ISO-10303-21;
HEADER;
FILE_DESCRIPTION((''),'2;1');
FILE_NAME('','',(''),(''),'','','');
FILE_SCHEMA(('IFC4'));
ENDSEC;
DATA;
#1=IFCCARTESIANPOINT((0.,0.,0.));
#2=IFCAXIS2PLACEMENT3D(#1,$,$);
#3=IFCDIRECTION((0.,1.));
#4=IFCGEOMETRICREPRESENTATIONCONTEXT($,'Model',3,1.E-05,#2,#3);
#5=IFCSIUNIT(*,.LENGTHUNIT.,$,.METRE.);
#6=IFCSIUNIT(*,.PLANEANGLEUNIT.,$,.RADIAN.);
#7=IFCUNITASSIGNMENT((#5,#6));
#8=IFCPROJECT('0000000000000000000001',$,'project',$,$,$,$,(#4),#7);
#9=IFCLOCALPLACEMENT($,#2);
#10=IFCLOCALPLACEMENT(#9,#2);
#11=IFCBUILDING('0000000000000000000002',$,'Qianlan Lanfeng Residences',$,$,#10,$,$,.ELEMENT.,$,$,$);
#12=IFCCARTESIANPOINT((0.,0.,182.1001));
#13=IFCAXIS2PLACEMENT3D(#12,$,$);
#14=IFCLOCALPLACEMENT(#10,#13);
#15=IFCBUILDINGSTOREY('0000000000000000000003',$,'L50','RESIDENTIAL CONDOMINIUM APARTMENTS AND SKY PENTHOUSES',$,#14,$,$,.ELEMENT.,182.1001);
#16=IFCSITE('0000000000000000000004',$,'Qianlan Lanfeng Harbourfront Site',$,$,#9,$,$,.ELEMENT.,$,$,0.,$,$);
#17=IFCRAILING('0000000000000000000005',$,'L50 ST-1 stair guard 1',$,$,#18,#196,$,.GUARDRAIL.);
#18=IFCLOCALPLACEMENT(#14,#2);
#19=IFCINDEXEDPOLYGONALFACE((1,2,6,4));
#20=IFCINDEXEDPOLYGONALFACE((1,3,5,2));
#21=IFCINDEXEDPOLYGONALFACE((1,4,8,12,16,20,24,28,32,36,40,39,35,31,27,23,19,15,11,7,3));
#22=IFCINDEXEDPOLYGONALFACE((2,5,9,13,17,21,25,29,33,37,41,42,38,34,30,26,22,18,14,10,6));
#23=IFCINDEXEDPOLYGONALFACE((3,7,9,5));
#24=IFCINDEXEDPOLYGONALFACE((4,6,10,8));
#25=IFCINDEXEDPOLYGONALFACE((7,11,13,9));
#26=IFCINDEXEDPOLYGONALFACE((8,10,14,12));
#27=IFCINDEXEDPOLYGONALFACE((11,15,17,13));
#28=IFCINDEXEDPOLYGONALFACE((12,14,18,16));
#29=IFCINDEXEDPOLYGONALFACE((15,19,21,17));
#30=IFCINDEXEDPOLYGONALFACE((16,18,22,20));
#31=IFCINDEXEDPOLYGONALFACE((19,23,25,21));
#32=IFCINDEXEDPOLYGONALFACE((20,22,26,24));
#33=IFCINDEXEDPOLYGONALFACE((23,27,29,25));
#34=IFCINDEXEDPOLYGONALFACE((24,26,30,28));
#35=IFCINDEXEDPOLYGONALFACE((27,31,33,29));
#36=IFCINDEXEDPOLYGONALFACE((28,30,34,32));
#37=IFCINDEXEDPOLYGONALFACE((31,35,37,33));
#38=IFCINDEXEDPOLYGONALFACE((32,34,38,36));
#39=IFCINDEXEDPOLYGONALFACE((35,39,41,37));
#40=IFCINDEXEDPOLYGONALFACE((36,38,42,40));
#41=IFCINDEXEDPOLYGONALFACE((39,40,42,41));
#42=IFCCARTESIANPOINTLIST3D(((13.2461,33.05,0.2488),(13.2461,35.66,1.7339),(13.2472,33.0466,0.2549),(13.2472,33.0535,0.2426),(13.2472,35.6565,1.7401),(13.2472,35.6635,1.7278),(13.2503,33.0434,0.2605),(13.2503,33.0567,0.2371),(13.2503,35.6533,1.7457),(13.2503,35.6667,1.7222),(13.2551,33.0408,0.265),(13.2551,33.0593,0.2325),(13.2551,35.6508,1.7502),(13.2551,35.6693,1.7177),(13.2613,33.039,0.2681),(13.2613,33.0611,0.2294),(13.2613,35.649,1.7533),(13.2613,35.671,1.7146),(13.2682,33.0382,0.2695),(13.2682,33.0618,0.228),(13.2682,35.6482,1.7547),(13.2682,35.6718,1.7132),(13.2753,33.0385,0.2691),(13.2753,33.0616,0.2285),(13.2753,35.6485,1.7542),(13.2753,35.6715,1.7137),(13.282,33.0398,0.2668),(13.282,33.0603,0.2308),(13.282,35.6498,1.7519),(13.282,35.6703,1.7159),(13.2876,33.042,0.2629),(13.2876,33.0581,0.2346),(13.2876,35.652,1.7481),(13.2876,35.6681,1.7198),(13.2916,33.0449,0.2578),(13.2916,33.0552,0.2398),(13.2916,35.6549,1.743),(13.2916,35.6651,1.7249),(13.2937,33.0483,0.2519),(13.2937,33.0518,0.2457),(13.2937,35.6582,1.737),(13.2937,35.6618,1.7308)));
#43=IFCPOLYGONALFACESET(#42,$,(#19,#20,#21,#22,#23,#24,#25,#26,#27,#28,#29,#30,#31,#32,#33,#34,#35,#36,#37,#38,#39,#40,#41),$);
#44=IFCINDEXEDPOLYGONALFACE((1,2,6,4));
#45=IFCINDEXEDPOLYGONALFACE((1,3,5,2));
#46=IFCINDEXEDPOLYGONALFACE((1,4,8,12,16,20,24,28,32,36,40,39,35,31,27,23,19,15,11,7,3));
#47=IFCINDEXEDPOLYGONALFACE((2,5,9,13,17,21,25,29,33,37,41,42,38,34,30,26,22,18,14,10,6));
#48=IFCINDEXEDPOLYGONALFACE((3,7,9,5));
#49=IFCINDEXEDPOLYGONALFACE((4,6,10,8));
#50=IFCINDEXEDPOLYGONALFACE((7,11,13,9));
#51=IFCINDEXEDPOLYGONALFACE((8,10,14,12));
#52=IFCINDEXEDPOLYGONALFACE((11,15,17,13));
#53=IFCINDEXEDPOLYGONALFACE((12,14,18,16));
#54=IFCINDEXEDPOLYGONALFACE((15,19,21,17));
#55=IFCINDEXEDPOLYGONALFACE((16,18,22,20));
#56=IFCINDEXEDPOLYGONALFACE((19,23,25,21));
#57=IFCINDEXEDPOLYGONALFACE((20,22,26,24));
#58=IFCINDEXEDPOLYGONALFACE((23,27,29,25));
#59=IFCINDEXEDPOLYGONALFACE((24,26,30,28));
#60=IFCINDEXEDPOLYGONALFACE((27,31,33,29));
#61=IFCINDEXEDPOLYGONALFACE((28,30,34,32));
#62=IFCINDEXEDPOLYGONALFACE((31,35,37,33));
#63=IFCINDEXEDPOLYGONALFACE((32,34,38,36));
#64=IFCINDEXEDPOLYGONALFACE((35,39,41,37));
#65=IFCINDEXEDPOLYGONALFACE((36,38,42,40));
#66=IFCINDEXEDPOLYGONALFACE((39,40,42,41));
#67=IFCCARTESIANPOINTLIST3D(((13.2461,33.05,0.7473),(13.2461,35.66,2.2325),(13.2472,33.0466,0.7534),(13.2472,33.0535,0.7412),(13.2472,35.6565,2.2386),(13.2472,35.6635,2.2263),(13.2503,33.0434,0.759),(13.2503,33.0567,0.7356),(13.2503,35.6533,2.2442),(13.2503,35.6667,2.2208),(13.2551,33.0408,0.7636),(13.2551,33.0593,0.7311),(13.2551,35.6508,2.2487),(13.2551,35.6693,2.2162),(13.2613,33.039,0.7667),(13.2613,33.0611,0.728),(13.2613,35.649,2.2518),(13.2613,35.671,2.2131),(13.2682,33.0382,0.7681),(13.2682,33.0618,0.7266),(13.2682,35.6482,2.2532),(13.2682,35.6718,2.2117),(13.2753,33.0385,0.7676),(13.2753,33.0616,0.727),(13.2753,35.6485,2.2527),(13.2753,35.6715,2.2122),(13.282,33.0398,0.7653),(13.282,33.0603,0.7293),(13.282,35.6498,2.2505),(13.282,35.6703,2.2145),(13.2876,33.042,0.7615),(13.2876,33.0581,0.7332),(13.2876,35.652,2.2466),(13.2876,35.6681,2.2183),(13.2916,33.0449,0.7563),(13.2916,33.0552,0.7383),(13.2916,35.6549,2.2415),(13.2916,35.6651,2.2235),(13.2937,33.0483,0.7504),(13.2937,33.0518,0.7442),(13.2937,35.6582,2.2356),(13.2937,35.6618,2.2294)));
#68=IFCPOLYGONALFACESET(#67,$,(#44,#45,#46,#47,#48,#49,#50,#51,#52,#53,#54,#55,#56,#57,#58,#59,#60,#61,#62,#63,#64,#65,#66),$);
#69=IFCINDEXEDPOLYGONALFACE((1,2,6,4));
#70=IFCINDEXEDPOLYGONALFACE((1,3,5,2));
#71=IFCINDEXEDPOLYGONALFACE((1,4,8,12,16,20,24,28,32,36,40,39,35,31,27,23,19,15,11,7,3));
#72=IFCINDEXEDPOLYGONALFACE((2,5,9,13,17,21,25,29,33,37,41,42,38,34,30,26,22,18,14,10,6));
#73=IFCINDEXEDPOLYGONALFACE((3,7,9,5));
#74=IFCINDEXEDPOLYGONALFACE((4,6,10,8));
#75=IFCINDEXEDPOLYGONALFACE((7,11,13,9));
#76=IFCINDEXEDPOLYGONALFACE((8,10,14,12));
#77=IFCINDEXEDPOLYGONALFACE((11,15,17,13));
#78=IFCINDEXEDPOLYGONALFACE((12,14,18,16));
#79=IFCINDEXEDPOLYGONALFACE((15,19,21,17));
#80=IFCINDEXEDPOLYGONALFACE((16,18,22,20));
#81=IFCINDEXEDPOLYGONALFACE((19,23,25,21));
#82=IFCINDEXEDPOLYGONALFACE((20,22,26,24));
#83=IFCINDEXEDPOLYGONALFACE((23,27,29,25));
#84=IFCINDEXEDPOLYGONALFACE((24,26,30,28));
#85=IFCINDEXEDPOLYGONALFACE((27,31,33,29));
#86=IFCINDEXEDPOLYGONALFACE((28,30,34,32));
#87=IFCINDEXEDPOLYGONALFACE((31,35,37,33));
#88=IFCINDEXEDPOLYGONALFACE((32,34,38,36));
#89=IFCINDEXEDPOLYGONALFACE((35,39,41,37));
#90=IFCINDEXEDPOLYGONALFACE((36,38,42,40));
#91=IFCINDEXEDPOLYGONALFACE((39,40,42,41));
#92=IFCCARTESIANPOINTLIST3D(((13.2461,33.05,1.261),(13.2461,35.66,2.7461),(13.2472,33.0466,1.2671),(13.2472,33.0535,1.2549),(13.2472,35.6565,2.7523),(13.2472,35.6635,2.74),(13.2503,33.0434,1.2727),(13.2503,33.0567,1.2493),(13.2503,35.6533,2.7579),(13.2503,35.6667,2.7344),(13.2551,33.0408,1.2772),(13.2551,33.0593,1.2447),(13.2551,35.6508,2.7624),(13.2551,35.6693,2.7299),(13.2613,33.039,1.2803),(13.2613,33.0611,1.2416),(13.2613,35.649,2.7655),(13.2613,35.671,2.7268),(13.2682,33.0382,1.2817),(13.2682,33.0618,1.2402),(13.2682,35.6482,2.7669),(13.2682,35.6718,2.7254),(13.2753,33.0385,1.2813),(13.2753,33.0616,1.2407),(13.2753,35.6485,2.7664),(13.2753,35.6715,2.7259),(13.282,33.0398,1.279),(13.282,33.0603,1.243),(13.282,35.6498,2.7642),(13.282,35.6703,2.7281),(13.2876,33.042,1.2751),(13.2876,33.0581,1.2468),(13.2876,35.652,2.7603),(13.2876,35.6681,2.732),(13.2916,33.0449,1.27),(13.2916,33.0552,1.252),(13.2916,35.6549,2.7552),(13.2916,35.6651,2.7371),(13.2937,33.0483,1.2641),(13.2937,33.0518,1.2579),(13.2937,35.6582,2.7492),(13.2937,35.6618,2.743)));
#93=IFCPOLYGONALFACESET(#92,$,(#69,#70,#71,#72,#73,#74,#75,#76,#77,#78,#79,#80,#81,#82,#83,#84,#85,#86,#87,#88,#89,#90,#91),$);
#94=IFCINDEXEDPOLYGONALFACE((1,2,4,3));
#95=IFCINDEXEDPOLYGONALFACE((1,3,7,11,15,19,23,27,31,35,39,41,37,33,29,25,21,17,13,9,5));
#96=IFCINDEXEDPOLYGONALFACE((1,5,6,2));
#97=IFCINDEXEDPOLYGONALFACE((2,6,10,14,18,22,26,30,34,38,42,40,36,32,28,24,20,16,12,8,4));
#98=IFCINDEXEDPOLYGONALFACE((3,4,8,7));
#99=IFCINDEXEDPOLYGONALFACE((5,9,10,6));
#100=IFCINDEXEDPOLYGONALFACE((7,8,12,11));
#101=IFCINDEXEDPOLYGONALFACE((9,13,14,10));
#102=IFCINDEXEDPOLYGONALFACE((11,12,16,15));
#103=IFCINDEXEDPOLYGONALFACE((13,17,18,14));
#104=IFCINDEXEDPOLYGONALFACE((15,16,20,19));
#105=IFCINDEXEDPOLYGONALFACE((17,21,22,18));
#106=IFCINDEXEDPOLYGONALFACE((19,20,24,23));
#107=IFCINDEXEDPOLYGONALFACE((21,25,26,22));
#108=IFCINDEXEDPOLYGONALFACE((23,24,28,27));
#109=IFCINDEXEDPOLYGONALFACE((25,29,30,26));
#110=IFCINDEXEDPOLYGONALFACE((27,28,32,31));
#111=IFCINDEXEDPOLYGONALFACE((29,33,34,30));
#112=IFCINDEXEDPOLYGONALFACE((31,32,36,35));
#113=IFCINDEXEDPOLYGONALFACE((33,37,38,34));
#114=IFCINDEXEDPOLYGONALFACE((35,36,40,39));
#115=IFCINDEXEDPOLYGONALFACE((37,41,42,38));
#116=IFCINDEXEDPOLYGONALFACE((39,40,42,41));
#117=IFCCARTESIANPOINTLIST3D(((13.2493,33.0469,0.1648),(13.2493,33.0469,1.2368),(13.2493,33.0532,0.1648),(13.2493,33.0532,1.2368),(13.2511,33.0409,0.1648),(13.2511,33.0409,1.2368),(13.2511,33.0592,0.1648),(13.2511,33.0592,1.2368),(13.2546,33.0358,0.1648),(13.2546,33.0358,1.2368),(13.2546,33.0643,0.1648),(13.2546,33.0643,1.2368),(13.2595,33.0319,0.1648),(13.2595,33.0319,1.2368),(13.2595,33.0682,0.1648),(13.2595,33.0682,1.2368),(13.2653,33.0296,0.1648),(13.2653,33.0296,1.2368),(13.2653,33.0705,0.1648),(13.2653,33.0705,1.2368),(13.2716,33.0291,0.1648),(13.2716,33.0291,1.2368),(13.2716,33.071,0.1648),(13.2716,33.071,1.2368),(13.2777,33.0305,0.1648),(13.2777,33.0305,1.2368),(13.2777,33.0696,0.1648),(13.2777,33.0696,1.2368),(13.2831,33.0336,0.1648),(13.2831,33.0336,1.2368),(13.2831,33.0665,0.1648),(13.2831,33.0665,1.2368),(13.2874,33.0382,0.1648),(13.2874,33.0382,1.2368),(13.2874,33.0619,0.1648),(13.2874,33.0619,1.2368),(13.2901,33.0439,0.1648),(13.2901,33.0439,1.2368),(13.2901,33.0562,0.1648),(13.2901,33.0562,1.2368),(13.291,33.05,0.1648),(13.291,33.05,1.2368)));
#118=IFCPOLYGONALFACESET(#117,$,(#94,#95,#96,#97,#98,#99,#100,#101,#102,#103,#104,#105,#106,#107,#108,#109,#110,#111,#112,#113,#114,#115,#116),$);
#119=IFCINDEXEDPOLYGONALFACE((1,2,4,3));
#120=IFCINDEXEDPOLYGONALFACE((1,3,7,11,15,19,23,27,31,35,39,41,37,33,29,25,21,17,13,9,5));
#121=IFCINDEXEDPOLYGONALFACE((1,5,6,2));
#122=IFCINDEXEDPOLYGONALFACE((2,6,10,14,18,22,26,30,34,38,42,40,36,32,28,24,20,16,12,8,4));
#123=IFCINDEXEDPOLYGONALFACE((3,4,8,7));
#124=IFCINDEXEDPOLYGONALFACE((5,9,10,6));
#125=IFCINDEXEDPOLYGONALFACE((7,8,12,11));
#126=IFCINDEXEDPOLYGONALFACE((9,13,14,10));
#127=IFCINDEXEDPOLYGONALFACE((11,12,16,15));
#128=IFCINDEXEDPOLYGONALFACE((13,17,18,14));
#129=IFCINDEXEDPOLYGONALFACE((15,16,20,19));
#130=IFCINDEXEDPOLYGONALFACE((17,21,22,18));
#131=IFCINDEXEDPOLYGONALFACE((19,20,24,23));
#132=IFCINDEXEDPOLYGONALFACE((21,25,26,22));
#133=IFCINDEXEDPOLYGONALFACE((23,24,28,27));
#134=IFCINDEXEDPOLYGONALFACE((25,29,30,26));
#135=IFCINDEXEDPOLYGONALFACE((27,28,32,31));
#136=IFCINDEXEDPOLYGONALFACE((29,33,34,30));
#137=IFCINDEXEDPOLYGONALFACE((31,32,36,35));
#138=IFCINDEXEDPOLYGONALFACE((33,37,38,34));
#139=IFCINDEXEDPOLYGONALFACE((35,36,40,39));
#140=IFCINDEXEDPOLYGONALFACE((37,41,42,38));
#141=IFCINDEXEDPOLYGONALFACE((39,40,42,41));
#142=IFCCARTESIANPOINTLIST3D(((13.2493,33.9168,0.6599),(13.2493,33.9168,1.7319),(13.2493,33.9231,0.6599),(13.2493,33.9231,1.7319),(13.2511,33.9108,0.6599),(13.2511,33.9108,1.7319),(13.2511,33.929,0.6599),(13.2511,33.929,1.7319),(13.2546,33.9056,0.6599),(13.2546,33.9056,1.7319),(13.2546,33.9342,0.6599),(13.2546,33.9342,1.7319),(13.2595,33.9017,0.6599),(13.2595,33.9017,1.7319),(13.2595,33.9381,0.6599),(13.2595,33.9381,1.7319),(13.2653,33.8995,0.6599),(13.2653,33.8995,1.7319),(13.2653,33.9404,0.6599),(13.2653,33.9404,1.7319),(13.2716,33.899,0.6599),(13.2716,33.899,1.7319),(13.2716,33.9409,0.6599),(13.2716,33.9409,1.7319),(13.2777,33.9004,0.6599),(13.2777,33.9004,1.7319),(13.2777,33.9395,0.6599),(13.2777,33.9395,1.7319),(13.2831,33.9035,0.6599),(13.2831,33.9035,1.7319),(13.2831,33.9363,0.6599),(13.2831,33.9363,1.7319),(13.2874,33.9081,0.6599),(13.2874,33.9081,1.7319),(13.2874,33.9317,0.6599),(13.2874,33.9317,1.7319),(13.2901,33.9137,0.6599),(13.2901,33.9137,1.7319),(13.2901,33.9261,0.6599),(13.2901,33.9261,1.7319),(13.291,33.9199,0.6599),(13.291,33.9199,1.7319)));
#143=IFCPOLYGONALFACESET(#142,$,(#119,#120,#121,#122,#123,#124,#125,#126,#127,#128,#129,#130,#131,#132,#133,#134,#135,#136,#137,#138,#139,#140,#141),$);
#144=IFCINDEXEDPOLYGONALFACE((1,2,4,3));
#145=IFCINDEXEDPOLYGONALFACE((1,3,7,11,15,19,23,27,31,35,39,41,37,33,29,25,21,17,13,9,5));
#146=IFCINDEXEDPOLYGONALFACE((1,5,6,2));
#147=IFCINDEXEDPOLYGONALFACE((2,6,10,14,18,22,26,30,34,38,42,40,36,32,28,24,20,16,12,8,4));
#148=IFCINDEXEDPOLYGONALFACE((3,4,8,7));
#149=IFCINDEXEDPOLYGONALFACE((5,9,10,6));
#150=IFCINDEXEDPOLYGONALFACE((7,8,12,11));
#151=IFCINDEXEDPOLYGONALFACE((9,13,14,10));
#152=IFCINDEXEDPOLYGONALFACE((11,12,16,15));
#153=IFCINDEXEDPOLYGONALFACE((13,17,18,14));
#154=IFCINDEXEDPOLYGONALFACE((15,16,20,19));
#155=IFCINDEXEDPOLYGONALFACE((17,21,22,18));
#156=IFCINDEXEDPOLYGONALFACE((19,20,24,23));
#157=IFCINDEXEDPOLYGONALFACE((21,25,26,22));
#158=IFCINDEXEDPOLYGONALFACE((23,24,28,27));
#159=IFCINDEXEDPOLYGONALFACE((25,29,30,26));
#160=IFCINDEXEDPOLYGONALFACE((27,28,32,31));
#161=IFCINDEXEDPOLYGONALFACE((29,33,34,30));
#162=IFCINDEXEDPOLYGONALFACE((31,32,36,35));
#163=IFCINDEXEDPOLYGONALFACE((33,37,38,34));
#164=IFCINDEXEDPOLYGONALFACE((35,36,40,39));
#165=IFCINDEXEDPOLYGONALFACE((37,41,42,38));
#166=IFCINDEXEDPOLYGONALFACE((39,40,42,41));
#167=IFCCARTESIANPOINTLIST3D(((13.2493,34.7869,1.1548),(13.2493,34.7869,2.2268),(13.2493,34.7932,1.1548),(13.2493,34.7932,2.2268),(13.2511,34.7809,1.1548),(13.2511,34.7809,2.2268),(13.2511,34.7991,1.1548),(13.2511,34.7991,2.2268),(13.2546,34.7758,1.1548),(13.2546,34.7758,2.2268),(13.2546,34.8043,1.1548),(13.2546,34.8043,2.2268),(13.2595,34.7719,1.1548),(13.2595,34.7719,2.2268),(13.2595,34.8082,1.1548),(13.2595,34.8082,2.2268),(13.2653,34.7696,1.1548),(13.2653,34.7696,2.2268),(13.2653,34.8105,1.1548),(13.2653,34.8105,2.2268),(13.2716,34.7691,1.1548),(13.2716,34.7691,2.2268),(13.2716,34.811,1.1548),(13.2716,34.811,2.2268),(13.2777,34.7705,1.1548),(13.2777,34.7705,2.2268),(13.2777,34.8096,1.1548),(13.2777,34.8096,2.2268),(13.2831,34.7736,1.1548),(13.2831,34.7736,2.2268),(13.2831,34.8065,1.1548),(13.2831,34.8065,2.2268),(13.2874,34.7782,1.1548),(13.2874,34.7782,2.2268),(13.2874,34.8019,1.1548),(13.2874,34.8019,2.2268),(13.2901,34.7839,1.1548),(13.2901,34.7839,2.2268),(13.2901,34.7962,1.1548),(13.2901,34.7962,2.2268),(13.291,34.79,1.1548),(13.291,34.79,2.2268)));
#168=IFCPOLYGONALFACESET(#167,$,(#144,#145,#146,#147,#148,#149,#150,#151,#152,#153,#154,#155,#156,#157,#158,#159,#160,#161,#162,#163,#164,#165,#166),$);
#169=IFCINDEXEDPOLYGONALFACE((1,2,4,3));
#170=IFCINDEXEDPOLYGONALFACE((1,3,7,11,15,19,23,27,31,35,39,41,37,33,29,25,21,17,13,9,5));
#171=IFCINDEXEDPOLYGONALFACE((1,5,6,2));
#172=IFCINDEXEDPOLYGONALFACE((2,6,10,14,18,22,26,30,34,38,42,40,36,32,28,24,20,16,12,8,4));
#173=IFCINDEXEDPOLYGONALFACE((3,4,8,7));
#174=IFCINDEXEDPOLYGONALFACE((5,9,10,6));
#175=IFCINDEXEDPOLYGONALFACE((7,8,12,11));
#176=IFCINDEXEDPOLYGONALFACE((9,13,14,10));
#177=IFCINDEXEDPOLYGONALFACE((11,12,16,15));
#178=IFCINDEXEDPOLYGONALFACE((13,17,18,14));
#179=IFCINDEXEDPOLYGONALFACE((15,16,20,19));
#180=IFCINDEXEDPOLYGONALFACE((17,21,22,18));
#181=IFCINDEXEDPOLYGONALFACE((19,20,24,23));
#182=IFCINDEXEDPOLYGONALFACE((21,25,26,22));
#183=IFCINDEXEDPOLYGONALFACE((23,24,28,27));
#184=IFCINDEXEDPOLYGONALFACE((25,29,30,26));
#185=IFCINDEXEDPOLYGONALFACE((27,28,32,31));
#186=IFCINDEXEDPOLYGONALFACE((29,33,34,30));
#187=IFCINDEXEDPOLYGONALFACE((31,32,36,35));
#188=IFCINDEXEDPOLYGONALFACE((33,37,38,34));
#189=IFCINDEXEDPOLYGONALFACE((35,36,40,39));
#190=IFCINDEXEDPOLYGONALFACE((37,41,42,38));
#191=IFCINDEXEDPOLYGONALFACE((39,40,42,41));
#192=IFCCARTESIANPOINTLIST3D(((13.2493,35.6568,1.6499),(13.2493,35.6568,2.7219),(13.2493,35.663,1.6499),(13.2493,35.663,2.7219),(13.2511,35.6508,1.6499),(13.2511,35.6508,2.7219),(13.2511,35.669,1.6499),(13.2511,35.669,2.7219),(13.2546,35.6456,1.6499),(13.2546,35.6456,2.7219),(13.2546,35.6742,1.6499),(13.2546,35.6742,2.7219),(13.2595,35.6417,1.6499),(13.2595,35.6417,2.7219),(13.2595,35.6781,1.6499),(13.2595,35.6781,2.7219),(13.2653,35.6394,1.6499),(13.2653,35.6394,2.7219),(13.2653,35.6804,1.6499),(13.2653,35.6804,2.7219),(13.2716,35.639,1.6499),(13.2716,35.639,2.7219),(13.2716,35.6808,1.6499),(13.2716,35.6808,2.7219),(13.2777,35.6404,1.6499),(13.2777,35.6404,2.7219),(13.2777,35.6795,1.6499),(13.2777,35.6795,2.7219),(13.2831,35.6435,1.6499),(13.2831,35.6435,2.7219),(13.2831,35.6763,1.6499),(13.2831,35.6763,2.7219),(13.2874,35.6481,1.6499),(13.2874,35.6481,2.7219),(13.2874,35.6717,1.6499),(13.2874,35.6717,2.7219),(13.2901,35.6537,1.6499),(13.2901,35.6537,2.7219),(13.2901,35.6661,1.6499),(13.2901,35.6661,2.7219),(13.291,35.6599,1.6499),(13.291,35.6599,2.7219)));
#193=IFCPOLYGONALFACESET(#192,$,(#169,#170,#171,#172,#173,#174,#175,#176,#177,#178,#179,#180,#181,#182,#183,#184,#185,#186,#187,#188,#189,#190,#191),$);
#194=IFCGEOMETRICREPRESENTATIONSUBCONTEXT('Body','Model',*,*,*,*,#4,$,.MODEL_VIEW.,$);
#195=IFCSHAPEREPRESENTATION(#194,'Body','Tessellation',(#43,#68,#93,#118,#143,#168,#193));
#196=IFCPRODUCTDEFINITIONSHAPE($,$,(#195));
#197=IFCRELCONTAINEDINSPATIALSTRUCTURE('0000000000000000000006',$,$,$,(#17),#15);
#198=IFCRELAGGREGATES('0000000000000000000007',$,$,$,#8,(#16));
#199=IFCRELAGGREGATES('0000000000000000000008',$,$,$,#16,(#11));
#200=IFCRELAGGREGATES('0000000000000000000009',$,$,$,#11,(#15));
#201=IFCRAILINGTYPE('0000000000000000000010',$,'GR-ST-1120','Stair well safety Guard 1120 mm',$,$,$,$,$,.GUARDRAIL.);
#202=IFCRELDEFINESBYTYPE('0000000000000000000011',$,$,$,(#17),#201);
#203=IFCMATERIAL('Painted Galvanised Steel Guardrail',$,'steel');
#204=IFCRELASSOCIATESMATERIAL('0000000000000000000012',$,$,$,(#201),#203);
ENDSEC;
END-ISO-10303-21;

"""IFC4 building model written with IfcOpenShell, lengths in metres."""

from ifc_helpers import new_model, si_unit, direction, frame, origin, origin_2d, place, context, subcontext, project, spatial, circle, extrude, material, type_object, element, save


model = new_model("IFC4")

# Units and contexts
model_context = context("Model", 3, precision=1e-05, world=origin(), true_north=direction((0.0, 1.0)))
body_context = subcontext(model_context, "Body", "Model", "MODEL_VIEW")
ifc_project = project(units=[si_unit("LENGTHUNIT", "METRE"), si_unit("PLANEANGLEUNIT", "RADIAN")], contexts=[model_context])

# Site, building, storey
site_placement = place(None, origin())
site = spatial("IfcSite", under=ifc_project, at=site_placement, Name="Qianlan Lanfeng Harbourfront Site", CompositionType="ELEMENT", RefElevation=0.0)
building_placement = place(site_placement, origin())
building = spatial("IfcBuilding", under=site, at=building_placement, Name="Qianlan Lanfeng Residences", CompositionType="ELEMENT")
storey_placement = place(building_placement, frame((0.0, 0.0, 182.1001)))
storey = spatial("IfcBuildingStorey", under=building, at=storey_placement, Name="L50", Description="RESIDENTIAL CONDOMINIUM APARTMENTS AND SKY PENTHOUSES", CompositionType="ELEMENT", Elevation=182.1001)

# Railing
ifc_material_1 = material(Name="Painted Galvanised Steel Guardrail", Category="steel")
railing_type_1 = type_object("IfcRailingType", Name="GR-ST-1120", Description="Stair well safety Guard 1120 mm", PredefinedType="GUARDRAIL", material=ifc_material_1)
railing_1_placement = place(storey_placement, frame((13.27, 33.05, 0.1648)))
element("IfcRailing", 1, at=railing_1_placement, inside=storey, type_object=railing_type_1, Name="L50 ST-1 stair guard 1", PredefinedType="GUARDRAIL", context=body_context, shape_type="SweptSolid", body=[
    extrude(circle(Radius=0.0239, at=origin_2d()), frame((0.0, 0.0, 0.084), z_axis=(0.0, 0.869137, 0.494571), x_axis=(-1.0, 0.0, 0.0)), (0.0, 0.0, 1.0), 3.0029),
    extrude(circle(Radius=0.0239, at=origin_2d()), frame((0.0, 0.0, 0.5825), z_axis=(0.0, 0.869137, 0.494571), x_axis=(-1.0, 0.0, 0.0)), (0.0, 0.0, 1.0), 3.0029),
    extrude(circle(Radius=0.0239, at=origin_2d()), frame((0.0, 0.0, 1.0962), z_axis=(0.0, 0.869137, 0.494571), x_axis=(-1.0, 0.0, 0.0)), (0.0, 0.0, 1.0), 3.0029),
    extrude(circle(Radius=0.021, at=origin_2d()), origin(), (0.0, 0.0, 1.0), 1.072),
    extrude(circle(Radius=0.021, at=origin_2d()), frame((0.0, 0.8699, 0.4951)), (0.0, 0.0, 1.0), 1.072),
    extrude(circle(Radius=0.021, at=origin_2d()), frame((0.0, 1.74, 0.99)), (0.0, 0.0, 1.0), 1.072),
    extrude(circle(Radius=0.021, at=origin_2d()), frame((0.0, 2.6099, 1.4851)), (0.0, 0.0, 1.0), 1.072),
])

save(model, "model.ifc")
